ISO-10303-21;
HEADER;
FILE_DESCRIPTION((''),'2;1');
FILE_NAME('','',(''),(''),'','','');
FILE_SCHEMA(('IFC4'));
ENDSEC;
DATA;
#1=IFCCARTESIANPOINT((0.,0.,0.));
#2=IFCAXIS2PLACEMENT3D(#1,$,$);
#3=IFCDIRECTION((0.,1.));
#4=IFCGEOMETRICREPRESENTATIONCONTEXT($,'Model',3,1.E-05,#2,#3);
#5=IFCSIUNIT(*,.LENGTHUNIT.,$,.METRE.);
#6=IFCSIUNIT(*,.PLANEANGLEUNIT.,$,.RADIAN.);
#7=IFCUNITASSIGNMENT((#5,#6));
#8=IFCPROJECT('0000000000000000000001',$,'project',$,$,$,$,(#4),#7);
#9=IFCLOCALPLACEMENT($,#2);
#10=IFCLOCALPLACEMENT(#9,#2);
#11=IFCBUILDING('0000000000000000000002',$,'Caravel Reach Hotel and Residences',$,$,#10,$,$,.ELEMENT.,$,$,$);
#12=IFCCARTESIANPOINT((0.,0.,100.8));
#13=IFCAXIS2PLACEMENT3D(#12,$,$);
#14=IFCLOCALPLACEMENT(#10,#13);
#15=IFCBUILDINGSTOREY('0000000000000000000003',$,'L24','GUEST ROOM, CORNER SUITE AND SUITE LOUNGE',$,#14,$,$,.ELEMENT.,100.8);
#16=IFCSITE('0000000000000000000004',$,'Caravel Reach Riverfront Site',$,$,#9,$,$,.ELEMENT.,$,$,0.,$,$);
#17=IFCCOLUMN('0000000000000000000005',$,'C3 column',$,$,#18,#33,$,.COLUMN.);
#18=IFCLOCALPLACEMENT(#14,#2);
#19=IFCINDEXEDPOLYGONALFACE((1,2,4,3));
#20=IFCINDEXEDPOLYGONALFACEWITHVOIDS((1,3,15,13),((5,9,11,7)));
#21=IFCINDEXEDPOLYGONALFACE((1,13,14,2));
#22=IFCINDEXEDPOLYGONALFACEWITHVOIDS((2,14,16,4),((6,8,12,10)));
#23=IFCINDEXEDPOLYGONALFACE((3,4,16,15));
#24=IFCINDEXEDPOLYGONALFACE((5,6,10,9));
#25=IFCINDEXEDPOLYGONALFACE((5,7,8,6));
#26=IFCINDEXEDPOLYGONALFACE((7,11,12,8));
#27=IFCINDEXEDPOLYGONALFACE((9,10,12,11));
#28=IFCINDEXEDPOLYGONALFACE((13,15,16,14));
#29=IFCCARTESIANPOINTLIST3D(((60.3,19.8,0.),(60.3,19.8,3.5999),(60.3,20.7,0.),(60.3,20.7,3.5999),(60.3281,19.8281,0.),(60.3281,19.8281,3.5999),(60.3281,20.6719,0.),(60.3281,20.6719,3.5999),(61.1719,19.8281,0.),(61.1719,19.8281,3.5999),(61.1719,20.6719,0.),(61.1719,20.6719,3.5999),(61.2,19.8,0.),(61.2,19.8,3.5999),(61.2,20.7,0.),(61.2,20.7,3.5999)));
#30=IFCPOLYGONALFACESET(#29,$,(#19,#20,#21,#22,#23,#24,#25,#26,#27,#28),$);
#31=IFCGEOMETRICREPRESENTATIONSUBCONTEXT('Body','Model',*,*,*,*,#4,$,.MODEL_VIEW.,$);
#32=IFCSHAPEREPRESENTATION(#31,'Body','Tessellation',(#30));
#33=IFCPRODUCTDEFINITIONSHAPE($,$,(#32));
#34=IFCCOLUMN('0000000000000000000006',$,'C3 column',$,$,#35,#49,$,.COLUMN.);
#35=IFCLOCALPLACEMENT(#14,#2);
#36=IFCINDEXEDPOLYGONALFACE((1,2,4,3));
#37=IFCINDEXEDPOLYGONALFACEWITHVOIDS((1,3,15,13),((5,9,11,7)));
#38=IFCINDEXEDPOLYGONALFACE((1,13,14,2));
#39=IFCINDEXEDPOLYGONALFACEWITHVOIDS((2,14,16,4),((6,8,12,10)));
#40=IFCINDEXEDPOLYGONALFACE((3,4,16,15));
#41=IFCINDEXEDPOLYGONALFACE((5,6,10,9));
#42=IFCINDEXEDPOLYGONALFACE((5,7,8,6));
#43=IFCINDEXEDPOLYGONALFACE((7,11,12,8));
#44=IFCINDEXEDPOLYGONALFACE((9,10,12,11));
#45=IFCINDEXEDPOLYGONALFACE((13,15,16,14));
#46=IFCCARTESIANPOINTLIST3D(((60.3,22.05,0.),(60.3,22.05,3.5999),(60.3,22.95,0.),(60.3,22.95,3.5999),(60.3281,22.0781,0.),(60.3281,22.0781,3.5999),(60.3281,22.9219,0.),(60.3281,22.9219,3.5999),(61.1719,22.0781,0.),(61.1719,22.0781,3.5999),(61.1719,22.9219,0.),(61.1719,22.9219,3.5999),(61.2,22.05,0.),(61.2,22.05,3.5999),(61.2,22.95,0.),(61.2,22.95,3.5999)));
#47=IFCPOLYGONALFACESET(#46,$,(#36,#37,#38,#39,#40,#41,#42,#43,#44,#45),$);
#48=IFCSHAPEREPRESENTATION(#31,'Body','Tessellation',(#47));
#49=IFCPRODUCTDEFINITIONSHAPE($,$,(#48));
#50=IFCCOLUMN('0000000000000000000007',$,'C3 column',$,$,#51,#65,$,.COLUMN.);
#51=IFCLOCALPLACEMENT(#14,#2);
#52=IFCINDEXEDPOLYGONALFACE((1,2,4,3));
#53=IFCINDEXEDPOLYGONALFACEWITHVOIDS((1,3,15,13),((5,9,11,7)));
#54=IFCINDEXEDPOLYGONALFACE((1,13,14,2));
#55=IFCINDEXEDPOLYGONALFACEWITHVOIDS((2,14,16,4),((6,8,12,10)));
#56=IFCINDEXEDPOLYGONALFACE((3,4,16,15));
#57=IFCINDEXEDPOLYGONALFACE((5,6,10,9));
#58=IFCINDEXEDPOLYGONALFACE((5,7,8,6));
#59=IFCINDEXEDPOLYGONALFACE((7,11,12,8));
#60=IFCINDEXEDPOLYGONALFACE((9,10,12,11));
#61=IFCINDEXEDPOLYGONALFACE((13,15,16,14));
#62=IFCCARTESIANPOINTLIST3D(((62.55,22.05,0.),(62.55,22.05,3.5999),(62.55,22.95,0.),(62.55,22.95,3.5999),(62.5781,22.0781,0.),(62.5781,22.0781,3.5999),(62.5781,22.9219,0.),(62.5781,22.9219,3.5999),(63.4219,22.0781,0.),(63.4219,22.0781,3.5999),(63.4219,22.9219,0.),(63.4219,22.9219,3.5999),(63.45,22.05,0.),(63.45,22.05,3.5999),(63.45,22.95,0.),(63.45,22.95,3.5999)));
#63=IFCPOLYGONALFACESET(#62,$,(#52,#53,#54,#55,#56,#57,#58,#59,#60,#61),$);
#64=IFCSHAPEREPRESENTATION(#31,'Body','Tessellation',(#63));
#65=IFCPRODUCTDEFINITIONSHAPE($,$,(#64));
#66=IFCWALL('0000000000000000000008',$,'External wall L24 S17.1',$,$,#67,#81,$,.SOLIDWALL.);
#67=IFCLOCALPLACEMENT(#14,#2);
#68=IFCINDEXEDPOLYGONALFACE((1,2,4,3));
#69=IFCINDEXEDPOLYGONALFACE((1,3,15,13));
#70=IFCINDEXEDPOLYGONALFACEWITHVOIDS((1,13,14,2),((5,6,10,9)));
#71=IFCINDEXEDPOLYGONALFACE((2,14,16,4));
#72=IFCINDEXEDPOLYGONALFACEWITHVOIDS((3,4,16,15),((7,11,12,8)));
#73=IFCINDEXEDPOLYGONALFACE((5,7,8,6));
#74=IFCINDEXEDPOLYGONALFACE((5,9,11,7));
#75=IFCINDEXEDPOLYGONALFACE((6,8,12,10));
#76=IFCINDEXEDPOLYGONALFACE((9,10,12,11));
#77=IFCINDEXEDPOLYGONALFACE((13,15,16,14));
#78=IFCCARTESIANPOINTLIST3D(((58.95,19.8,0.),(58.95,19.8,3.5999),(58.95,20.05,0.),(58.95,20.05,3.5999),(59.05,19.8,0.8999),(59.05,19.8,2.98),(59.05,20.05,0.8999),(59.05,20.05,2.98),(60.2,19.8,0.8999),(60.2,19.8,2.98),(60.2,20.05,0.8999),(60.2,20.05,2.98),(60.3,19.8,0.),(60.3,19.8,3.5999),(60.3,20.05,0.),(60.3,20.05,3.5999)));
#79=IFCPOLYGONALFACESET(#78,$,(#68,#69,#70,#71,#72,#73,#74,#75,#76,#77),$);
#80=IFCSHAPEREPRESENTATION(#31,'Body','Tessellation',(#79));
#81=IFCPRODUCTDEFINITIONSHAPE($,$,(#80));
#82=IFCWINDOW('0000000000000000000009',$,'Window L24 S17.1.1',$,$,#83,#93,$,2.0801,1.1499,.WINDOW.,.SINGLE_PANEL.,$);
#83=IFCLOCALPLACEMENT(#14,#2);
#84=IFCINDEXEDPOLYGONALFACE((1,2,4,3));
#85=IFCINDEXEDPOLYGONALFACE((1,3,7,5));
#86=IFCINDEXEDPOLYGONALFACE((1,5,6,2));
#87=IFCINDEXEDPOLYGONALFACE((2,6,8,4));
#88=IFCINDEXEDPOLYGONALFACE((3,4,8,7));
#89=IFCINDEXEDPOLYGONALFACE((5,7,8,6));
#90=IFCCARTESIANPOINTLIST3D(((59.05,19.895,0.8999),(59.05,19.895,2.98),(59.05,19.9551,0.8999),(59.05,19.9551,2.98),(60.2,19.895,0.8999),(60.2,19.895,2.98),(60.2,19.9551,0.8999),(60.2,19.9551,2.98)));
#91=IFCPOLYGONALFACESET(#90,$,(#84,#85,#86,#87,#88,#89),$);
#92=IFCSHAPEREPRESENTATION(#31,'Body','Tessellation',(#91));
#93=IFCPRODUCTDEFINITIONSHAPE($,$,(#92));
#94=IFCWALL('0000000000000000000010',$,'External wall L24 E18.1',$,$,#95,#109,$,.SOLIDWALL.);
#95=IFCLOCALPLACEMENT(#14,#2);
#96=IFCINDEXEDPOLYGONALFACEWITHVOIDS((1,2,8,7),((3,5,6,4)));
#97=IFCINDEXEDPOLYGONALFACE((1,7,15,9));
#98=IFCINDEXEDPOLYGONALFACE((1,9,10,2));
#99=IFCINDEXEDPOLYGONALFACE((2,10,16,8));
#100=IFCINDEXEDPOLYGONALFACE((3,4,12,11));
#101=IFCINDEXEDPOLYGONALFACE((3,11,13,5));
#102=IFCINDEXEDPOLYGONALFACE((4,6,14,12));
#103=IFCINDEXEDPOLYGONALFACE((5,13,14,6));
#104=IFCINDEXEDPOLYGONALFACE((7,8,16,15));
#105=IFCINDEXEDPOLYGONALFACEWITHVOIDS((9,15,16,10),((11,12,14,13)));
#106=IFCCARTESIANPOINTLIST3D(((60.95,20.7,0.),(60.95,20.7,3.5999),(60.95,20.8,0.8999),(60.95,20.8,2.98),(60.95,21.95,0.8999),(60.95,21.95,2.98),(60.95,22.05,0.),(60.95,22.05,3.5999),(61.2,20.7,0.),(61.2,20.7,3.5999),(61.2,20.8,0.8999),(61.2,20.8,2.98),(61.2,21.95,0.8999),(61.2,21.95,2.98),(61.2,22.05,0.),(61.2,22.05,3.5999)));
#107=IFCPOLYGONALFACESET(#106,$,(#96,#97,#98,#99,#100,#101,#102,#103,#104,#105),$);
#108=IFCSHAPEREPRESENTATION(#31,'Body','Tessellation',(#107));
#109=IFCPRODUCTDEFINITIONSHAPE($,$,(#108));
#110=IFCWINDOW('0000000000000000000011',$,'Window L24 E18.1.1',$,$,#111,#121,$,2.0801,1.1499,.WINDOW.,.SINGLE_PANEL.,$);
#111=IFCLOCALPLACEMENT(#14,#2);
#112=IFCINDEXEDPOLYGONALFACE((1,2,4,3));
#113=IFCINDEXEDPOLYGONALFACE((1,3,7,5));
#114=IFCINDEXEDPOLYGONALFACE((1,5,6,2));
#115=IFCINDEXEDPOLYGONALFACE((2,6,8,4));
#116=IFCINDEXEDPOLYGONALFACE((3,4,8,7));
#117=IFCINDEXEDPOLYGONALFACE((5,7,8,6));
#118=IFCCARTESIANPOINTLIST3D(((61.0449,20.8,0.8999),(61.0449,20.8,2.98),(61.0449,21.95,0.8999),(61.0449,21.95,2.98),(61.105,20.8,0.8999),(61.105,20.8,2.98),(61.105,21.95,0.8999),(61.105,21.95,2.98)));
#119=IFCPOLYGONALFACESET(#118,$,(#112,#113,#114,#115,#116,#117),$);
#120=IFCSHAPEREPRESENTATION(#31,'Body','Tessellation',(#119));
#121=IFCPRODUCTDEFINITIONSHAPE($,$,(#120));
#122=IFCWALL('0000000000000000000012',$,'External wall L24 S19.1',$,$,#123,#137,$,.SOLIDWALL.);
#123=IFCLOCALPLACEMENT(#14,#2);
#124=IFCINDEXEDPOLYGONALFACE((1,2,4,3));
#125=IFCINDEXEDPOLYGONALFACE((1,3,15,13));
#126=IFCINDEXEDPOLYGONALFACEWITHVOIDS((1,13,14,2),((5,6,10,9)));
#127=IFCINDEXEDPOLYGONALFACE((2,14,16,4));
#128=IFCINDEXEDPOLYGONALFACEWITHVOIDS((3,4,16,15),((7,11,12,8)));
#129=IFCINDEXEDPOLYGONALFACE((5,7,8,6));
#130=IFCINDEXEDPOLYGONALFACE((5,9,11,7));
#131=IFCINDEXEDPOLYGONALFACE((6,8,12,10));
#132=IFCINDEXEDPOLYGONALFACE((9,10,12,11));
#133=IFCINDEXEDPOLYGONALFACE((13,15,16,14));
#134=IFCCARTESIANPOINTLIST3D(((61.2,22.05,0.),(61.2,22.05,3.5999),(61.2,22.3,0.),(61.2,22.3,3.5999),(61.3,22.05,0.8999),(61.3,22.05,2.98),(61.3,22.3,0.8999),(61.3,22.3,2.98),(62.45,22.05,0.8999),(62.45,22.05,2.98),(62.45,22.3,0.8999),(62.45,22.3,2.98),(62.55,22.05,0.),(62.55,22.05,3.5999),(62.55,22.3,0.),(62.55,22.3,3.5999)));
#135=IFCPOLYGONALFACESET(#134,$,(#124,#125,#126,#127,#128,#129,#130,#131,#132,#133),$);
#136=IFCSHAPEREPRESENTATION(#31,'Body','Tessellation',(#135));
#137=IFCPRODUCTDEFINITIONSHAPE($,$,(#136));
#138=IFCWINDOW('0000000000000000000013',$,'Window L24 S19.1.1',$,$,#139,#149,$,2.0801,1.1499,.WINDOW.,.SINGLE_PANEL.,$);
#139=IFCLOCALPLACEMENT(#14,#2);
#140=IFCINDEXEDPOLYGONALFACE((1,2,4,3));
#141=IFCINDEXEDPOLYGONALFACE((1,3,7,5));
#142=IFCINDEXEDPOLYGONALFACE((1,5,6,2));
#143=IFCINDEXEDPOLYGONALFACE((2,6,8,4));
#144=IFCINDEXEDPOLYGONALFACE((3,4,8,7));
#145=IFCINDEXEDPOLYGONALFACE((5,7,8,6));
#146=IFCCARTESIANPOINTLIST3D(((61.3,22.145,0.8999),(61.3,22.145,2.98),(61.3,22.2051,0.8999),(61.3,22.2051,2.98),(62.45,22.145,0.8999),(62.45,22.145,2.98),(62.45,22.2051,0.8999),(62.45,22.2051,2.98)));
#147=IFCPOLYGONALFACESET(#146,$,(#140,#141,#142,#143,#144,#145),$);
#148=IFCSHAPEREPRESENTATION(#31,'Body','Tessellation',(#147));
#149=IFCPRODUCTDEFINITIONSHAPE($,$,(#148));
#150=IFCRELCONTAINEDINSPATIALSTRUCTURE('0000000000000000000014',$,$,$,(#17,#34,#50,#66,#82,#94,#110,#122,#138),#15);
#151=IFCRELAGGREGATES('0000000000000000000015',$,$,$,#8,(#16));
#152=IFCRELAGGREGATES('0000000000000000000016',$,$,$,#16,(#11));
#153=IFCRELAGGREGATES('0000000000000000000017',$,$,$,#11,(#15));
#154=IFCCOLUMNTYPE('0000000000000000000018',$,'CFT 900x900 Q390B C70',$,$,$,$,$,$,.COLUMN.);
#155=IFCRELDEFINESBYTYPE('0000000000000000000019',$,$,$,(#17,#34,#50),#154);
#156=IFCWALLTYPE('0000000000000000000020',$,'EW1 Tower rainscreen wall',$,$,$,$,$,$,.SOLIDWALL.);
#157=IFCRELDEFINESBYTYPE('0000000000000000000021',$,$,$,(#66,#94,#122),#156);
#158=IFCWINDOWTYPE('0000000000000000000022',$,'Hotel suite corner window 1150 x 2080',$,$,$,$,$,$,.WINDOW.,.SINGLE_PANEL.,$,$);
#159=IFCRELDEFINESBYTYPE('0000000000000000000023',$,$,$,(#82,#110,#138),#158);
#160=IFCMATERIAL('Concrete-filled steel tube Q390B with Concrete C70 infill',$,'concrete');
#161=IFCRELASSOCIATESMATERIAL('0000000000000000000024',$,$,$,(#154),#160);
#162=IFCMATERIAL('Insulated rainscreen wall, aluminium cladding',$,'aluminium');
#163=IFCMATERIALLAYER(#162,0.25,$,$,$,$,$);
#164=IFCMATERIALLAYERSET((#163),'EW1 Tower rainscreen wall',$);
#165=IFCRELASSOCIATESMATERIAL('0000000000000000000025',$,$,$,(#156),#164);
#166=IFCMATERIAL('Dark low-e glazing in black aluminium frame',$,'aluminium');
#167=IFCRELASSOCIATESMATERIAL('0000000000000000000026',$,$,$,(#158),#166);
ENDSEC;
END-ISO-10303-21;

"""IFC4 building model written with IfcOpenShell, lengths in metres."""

from ifc_helpers import new_model, si_unit, direction, frame, frame_2d, origin, origin_2d, place, context, subcontext, project, spatial, rectangle, hollow_rectangle, extrude, material, layer, layer_set, material_profile, profile_set, type_object, element, fill, save


model = new_model("IFC4")

# Units and contexts
model_context = context("Model", 3, precision=1e-05, world=origin(), true_north=direction((0.0, 1.0)))
body_context = subcontext(model_context, "Body", "Model", "MODEL_VIEW")
ifc_project = project(units=[si_unit("LENGTHUNIT", "METRE"), si_unit("PLANEANGLEUNIT", "RADIAN")], contexts=[model_context])

# Site, building, storey
site_placement = place(None, origin())
site = spatial("IfcSite", under=ifc_project, at=site_placement, Name="Caravel Reach Riverfront Site", CompositionType="ELEMENT", RefElevation=0.0)
building_placement = place(site_placement, origin())
building = spatial("IfcBuilding", under=site, at=building_placement, Name="Caravel Reach Hotel and Residences", CompositionType="ELEMENT")
storey_placement = place(building_placement, frame((0.0, 0.0, 100.8)))
storey = spatial("IfcBuildingStorey", under=building, at=storey_placement, Name="L24", Description="GUEST ROOM, CORNER SUITE AND SUITE LOUNGE", CompositionType="ELEMENT", Elevation=100.8)

# Columns
ifc_material_1 = material(Name="Concrete-filled steel tube Q390B with Concrete C70 infill", Category="concrete")
ifc_material_profile = material_profile(ifc_material_1, hollow_rectangle(XDim=0.8999, YDim=0.8999, WallThickness=0.0281, at=origin_2d()), Name="RHS 900x900x28")
ifc_profile_set = profile_set([ifc_material_profile], Name="Concrete-filled steel tube Q390B with Concrete C70 infill")
column_type = type_object("IfcColumnType", Name="CFT 900x900 Q390B C70", PredefinedType="COLUMN", material=ifc_profile_set)
for number, where, z_axis, x_axis, name in (
    (1, (60.75, 20.25, 0.0), (0.0, 0.0, 1.0), (1.0, 0.0, 0.0), "C3 column"),
    (2, (60.75, 22.5, 0.0), (0.0, 0.0, 1.0), (1.0, 0.0, 0.0), "C3 column"),
    (3, (63.0, 22.5, 0.0), (0.0, 0.0, 1.0), (1.0, 0.0, 0.0), "C3 column"),
):
    element("IfcColumn", number, at=place(storey_placement, frame(where, z_axis=z_axis, x_axis=x_axis)), inside=storey, type_object=column_type, Name=name, PredefinedType="COLUMN", context=body_context, shape_type="SweptSolid", body=[
        extrude(hollow_rectangle(XDim=0.8999, YDim=0.8999, WallThickness=0.0281, at=origin_2d()), origin(), (0.0, 0.0, 1.0), 3.5999),
    ])

# Walls, openings, windows
ifc_material_2 = material(Name="Insulated rainscreen wall, aluminium cladding", Category="aluminium")
ifc_layer = layer(ifc_material_2, 0.25)
ifc_layer_set = layer_set([ifc_layer], Name="EW1 Tower rainscreen wall")
wall_type = type_object("IfcWallType", Name="EW1 Tower rainscreen wall", PredefinedType="SOLIDWALL", material=ifc_layer_set)
wall_1_placement = place(storey_placement, frame((58.95, 19.925, 0.0), z_axis=(0.0, 0.0, 1.0), x_axis=(1.0, 0.0, 0.0)))
wall_1 = element("IfcWall", 4, at=wall_1_placement, inside=storey, type_object=wall_type, Name="External wall L24 S17.1", PredefinedType="SOLIDWALL", context=body_context, shape_type="SweptSolid", body=[
    extrude(rectangle(XDim=1.3501, YDim=0.25, at=frame_2d((0.675, 0.0))), origin(), (0.0, 0.0, 1.0), 3.5999),
])
opening_1_placement = place(wall_1_placement, frame((0.1001, 0.0, 0.8999)))
opening_1 = element("IfcOpeningElement", 5, at=opening_1_placement, cuts=wall_1, PredefinedType="OPENING", context=body_context, shape_type="SweptSolid", body=[
    extrude(rectangle(XDim=1.1499, YDim=2.0801, at=frame_2d((0.575, 1.04))), frame((0.0, 0.135, 0.0), z_axis=(0.0, -1.0, 0.0), x_axis=(1.0, 0.0, 0.0)), (0.0, 0.0, 1.0), 0.27),
])
ifc_material_3 = material(Name="Dark low-e glazing in black aluminium frame", Category="aluminium")
window_type_1 = type_object("IfcWindowType", Name="Hotel suite corner window 1150 x 2080", PartitioningType="SINGLE_PANEL", PredefinedType="WINDOW", material=ifc_material_3)
window_1_placement = place(opening_1_placement, origin())
window_1 = element("IfcWindow", 6, at=window_1_placement, inside=storey, type_object=window_type_1, Name="Window L24 S17.1.1", OverallHeight=2.0801, OverallWidth=1.1499, PartitioningType="SINGLE_PANEL", PredefinedType="WINDOW", context=body_context, shape_type="SweptSolid", body=[
    extrude(rectangle(XDim=1.1499, YDim=2.0801, at=frame_2d((0.575, 1.04))), frame((0.0, 0.03, 0.0), z_axis=(0.0, -1.0, 0.0), x_axis=(1.0, 0.0, 0.0)), (0.0, 0.0, 1.0), 0.0601),
])
fill(opening_1, window_1)
wall_2_placement = place(storey_placement, frame((61.075, 20.7, 0.0), z_axis=(0.0, 0.0, 1.0), x_axis=(0.0, 1.0, 0.0)))
wall_2 = element("IfcWall", 7, at=wall_2_placement, inside=storey, type_object=wall_type, Name="External wall L24 E18.1", PredefinedType="SOLIDWALL", context=body_context, shape_type="SweptSolid", body=[
    extrude(rectangle(XDim=1.3501, YDim=0.25, at=frame_2d((0.675, 0.0))), origin(), (0.0, 0.0, 1.0), 3.5999),
])
opening_2_placement = place(wall_2_placement, frame((0.1001, 0.0, 0.8999)))
opening_2 = element("IfcOpeningElement", 8, at=opening_2_placement, cuts=wall_2, PredefinedType="OPENING", context=body_context, shape_type="SweptSolid", body=[
    extrude(rectangle(XDim=1.1499, YDim=2.0801, at=frame_2d((0.575, 1.04))), frame((0.0, 0.135, 0.0), z_axis=(0.0, -1.0, 0.0), x_axis=(1.0, 0.0, 0.0)), (0.0, 0.0, 1.0), 0.27),
])
window_2_placement = place(opening_2_placement, origin())
window_2 = element("IfcWindow", 9, at=window_2_placement, inside=storey, type_object=window_type_1, Name="Window L24 E18.1.1", OverallHeight=2.0801, OverallWidth=1.1499, PartitioningType="SINGLE_PANEL", PredefinedType="WINDOW", context=body_context, shape_type="SweptSolid", body=[
    extrude(rectangle(XDim=1.1499, YDim=2.0801, at=frame_2d((0.575, 1.04))), frame((0.0, 0.03, 0.0), z_axis=(0.0, -1.0, 0.0), x_axis=(1.0, 0.0, 0.0)), (0.0, 0.0, 1.0), 0.0601),
])
fill(opening_2, window_2)
wall_3_placement = place(storey_placement, frame((61.2, 22.175, 0.0), z_axis=(0.0, 0.0, 1.0), x_axis=(1.0, 0.0, 0.0)))
wall_3 = element("IfcWall", 10, at=wall_3_placement, inside=storey, type_object=wall_type, Name="External wall L24 S19.1", PredefinedType="SOLIDWALL", context=body_context, shape_type="SweptSolid", body=[
    extrude(rectangle(XDim=1.3501, YDim=0.25, at=frame_2d((0.675, 0.0))), origin(), (0.0, 0.0, 1.0), 3.5999),
])
opening_3_placement = place(wall_3_placement, frame((0.1001, 0.0, 0.8999)))
opening_3 = element("IfcOpeningElement", 11, at=opening_3_placement, cuts=wall_3, PredefinedType="OPENING", context=body_context, shape_type="SweptSolid", body=[
    extrude(rectangle(XDim=1.1499, YDim=2.0801, at=frame_2d((0.575, 1.04))), frame((0.0, 0.135, 0.0), z_axis=(0.0, -1.0, 0.0), x_axis=(1.0, 0.0, 0.0)), (0.0, 0.0, 1.0), 0.27),
])
window_3_placement = place(opening_3_placement, origin())
window_3 = element("IfcWindow", 12, at=window_3_placement, inside=storey, type_object=window_type_1, Name="Window L24 S19.1.1", OverallHeight=2.0801, OverallWidth=1.1499, PartitioningType="SINGLE_PANEL", PredefinedType="WINDOW", context=body_context, shape_type="SweptSolid", body=[
    extrude(rectangle(XDim=1.1499, YDim=2.0801, at=frame_2d((0.575, 1.04))), frame((0.0, 0.03, 0.0), z_axis=(0.0, -1.0, 0.0), x_axis=(1.0, 0.0, 0.0)), (0.0, 0.0, 1.0), 0.0601),
])
fill(opening_3, window_3)

save(model, "model.ifc")
